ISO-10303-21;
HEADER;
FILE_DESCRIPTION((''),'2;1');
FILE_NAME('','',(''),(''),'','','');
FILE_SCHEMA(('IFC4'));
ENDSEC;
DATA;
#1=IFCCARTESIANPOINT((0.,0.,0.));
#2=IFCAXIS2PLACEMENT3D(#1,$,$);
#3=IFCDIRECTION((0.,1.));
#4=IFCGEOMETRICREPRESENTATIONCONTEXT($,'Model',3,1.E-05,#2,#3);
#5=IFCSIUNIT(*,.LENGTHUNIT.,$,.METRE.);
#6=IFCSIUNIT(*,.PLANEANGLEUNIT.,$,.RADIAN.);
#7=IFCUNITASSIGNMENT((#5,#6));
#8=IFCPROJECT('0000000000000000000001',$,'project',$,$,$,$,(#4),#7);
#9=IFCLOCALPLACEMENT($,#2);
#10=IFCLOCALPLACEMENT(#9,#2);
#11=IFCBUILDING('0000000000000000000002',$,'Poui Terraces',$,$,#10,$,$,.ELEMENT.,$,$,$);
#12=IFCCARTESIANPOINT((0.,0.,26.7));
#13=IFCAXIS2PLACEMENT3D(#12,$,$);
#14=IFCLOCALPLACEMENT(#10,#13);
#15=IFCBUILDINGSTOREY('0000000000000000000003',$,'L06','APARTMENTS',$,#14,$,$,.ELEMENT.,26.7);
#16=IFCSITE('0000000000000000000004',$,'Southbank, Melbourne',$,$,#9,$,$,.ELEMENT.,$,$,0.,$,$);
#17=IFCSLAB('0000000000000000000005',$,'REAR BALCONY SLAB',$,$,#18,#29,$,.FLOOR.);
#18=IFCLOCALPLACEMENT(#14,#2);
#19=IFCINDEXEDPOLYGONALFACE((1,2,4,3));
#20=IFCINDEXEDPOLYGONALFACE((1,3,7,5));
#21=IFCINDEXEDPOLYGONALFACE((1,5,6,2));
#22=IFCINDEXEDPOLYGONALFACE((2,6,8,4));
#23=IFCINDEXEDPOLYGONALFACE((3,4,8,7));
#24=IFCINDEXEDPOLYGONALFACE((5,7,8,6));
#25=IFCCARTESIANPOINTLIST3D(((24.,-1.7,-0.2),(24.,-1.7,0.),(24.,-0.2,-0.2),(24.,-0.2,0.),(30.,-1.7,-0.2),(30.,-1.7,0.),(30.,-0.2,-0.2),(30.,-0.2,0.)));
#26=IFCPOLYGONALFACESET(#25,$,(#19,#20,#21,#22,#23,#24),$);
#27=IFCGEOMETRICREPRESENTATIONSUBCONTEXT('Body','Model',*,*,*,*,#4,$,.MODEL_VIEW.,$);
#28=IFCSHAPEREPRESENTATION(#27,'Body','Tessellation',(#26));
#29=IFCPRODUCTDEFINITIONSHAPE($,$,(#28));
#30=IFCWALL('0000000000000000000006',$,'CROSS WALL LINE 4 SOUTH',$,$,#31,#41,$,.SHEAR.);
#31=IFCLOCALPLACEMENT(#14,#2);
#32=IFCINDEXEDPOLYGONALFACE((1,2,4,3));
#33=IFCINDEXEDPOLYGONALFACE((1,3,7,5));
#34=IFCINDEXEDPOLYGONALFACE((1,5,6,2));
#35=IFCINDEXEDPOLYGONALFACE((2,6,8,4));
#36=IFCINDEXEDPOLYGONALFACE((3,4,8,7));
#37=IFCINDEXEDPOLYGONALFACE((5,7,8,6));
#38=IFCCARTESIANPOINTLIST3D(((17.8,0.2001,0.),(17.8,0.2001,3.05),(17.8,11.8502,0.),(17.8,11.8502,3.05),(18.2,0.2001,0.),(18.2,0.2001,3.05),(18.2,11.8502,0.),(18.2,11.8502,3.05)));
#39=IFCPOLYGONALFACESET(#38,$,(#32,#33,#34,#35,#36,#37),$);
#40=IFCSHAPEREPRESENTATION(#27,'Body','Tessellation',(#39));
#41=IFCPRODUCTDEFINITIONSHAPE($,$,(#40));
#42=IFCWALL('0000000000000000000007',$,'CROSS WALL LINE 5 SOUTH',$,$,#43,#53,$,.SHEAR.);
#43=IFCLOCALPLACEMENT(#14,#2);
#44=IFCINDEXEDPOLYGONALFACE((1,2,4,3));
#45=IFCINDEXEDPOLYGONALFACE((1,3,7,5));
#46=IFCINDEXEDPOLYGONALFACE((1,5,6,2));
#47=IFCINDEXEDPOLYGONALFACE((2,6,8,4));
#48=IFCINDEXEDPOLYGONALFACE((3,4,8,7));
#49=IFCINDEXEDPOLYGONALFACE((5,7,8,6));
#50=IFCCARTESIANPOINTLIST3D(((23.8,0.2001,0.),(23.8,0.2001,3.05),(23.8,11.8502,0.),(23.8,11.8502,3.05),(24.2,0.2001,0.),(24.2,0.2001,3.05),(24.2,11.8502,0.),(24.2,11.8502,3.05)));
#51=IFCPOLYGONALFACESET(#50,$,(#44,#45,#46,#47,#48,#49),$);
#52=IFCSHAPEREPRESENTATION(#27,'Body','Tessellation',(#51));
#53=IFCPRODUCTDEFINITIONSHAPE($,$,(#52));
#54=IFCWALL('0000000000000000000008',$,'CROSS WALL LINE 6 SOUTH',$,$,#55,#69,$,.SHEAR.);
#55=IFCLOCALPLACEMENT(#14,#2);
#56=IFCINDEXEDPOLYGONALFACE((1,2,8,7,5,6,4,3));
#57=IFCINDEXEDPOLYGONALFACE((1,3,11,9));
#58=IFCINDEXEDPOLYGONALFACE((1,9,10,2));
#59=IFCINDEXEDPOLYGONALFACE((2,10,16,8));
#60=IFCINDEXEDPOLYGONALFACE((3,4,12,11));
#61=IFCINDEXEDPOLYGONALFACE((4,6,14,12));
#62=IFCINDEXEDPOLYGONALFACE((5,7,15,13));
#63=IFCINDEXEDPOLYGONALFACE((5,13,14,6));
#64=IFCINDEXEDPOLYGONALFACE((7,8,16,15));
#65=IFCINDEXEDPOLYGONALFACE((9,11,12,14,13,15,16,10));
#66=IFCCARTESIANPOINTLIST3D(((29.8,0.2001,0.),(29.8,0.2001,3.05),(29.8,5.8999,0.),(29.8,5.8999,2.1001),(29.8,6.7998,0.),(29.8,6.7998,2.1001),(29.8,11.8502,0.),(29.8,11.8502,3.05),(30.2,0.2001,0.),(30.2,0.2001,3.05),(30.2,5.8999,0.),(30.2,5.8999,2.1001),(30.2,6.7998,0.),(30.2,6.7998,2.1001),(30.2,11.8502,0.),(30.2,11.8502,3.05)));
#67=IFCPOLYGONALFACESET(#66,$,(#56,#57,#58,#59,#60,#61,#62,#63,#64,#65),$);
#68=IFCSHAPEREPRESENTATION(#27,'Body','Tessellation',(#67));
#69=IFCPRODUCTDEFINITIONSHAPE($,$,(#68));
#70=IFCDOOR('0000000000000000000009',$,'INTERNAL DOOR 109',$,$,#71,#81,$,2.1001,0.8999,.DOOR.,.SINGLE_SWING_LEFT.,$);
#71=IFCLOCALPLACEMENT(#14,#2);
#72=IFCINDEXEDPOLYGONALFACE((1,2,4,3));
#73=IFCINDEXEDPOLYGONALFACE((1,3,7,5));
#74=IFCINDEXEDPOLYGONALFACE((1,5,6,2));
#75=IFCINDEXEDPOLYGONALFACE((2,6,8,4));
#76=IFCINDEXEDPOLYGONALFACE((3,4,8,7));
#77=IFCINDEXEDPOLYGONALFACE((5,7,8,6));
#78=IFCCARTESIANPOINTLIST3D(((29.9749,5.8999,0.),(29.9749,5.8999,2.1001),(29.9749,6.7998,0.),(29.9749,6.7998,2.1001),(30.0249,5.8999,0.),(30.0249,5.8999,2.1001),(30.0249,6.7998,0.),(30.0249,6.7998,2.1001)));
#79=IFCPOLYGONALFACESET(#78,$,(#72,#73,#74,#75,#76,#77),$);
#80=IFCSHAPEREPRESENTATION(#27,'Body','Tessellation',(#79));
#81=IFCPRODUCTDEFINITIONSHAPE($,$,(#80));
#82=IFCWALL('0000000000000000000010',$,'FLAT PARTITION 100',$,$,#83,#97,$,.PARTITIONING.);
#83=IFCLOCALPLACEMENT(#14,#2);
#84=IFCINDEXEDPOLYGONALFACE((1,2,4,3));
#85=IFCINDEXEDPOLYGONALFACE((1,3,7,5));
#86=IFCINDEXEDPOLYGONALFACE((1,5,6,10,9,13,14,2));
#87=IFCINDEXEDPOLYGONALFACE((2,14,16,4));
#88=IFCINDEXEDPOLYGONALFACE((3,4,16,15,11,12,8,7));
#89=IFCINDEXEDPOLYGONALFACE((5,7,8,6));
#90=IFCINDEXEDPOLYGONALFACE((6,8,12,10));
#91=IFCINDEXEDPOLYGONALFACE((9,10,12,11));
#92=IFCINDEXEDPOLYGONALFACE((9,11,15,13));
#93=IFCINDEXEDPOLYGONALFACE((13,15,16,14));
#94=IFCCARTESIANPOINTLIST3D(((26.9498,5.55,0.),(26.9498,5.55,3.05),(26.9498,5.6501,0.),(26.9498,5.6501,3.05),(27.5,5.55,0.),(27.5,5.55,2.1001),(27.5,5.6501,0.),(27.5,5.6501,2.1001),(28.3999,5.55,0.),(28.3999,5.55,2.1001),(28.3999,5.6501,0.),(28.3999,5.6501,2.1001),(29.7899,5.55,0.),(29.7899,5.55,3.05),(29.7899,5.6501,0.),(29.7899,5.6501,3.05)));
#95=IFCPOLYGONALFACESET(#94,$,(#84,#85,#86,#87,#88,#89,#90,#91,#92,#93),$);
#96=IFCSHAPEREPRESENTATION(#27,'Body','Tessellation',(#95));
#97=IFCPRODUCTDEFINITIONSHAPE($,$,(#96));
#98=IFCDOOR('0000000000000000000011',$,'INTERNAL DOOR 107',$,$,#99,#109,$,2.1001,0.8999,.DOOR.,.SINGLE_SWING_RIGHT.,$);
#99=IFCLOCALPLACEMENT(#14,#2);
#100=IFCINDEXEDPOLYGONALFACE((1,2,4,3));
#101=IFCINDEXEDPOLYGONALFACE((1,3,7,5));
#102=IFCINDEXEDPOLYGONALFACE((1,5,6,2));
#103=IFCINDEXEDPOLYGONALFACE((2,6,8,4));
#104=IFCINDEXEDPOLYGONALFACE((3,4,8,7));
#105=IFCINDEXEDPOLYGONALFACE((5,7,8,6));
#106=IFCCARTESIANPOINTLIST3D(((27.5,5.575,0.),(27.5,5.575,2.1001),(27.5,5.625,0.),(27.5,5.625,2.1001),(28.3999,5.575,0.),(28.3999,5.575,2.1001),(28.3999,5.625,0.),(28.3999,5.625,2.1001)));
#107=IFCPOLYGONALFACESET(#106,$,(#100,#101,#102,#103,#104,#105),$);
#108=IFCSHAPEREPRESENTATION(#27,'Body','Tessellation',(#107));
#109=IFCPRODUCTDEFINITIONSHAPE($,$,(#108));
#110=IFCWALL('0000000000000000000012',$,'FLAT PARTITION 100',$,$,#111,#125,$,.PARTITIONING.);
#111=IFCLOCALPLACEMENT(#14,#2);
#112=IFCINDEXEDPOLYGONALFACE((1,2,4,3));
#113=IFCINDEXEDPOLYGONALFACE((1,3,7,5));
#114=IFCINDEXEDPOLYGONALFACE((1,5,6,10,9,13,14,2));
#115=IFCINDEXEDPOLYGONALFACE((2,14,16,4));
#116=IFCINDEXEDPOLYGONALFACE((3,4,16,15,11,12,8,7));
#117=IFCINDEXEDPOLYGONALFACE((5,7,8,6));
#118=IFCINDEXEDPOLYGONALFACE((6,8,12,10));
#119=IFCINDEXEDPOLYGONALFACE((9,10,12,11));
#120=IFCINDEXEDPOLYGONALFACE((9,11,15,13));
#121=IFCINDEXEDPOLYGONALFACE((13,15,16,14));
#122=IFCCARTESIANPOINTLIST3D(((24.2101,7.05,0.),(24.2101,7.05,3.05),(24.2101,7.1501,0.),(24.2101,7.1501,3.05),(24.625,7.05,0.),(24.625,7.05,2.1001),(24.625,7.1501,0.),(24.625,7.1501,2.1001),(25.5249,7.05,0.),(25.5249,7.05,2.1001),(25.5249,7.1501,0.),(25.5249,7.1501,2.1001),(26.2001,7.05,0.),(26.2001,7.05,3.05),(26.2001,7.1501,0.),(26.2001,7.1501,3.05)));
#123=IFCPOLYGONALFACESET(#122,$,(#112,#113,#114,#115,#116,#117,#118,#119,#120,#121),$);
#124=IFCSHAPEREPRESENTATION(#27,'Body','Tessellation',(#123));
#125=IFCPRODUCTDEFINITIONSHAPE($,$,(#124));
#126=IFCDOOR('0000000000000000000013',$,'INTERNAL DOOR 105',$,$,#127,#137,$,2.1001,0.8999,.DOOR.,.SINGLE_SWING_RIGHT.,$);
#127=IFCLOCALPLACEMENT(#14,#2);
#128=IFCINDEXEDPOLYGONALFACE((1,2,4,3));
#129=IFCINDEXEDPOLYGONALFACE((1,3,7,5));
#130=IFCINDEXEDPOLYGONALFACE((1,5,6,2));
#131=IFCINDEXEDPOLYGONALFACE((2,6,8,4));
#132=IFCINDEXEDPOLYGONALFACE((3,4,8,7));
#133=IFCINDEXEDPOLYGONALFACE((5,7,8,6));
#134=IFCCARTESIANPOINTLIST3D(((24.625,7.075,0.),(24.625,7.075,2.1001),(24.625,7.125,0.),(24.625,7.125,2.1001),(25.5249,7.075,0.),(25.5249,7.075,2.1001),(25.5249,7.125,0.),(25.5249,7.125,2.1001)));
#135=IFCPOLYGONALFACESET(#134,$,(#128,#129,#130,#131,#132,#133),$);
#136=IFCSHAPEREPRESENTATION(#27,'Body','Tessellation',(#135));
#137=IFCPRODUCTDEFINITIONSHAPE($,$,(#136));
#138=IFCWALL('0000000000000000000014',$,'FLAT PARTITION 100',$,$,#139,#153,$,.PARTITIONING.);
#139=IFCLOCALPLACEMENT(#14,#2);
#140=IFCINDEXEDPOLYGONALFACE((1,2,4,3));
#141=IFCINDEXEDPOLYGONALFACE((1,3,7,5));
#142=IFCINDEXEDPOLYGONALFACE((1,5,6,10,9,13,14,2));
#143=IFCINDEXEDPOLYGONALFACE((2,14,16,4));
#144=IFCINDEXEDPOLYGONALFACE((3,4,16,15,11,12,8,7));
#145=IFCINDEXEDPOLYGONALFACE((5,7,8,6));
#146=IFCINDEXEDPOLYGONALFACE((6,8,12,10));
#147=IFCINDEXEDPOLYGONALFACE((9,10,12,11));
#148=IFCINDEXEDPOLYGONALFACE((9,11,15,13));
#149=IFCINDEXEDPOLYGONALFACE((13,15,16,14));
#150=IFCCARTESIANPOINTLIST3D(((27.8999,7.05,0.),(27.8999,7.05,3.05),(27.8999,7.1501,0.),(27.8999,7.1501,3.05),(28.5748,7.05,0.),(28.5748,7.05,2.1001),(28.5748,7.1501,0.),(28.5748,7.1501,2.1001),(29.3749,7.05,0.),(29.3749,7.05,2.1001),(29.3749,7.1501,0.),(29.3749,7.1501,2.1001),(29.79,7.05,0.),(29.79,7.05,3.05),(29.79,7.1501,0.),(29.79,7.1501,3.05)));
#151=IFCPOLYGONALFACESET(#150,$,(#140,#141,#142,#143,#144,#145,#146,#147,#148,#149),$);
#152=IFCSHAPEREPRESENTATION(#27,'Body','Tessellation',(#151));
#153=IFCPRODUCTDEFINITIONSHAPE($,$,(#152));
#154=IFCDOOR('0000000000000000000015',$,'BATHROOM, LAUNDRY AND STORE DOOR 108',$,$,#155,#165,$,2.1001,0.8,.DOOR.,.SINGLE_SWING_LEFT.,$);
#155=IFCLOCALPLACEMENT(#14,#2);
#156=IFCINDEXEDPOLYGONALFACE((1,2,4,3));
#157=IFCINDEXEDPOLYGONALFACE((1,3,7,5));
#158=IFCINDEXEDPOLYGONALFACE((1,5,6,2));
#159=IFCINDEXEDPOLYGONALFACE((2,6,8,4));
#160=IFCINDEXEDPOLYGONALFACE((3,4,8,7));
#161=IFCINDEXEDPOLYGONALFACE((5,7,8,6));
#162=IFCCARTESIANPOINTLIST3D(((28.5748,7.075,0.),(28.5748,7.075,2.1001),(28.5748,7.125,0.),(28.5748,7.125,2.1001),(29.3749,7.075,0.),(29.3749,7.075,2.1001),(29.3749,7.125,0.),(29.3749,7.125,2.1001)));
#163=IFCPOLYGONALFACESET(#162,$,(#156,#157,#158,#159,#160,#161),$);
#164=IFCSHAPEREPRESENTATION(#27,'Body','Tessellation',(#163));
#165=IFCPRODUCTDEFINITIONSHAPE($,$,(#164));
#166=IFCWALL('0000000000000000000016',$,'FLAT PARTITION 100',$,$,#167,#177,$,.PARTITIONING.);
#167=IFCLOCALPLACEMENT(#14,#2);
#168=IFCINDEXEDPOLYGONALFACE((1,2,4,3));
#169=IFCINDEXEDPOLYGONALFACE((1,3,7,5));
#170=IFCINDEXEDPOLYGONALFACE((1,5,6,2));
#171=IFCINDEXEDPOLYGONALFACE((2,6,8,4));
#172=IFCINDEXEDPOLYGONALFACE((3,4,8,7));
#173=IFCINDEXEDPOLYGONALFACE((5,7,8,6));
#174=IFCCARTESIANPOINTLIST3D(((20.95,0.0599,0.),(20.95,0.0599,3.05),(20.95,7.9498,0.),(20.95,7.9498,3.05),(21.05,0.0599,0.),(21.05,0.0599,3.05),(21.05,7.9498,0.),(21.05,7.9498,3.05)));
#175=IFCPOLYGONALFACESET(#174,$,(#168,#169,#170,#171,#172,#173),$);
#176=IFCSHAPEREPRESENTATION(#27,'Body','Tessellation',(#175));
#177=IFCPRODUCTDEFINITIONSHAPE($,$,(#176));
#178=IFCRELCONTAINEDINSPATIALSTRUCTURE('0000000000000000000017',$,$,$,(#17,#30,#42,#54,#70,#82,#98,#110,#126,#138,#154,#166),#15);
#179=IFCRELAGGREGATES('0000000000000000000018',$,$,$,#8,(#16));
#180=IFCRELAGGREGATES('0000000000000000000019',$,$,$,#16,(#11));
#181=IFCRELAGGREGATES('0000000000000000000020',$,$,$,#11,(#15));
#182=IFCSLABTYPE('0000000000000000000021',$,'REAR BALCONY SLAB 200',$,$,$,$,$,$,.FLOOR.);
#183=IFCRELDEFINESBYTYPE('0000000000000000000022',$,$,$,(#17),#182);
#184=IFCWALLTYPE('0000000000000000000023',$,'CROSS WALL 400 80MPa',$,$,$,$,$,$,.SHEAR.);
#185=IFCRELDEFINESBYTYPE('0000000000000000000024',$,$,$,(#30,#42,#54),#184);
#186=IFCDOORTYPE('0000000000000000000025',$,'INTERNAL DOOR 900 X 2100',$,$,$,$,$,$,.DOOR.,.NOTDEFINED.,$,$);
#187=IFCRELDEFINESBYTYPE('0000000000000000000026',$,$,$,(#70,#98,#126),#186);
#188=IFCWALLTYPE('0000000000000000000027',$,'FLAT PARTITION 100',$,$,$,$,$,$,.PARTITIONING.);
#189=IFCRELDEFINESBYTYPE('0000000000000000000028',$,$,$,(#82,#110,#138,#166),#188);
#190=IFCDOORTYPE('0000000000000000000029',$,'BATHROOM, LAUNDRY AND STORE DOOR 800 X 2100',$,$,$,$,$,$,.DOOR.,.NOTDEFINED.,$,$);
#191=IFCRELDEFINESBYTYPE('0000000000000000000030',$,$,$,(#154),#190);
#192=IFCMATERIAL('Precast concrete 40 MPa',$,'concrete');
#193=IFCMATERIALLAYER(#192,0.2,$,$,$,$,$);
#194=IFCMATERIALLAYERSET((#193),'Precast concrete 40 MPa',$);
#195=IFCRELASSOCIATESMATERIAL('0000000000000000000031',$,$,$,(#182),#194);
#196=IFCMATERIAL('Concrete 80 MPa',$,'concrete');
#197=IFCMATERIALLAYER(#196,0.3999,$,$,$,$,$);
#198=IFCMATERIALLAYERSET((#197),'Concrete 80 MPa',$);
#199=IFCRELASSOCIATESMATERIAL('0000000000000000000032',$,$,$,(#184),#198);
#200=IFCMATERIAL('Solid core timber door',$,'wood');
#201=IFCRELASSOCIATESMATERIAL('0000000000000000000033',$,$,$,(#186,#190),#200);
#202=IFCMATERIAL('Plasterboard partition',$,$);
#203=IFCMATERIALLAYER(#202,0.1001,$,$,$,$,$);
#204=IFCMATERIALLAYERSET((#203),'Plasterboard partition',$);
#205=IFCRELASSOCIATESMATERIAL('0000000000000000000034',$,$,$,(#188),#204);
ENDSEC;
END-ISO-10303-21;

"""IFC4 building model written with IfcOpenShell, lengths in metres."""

from ifc_helpers import new_model, si_unit, direction, frame, frame_2d, origin, place, context, subcontext, project, spatial, polyline, rectangle, outline, extrude, source, transform, mapped, material, layer, layer_set, type_object, element, fill, save


model = new_model("IFC4")

# Units and contexts
model_context = context("Model", 3, precision=1e-05, world=origin(), true_north=direction((0.0, 1.0)))
body_context = subcontext(model_context, "Body", "Model", "MODEL_VIEW")
ifc_project = project(units=[si_unit("LENGTHUNIT", "METRE"), si_unit("PLANEANGLEUNIT", "RADIAN")], contexts=[model_context])

# Site, building, storey
site_placement = place(None, origin())
site = spatial("IfcSite", under=ifc_project, at=site_placement, Name="Southbank, Melbourne", CompositionType="ELEMENT", RefElevation=0.0)
building_placement = place(site_placement, origin())
building = spatial("IfcBuilding", under=site, at=building_placement, Name="Poui Terraces", CompositionType="ELEMENT")
storey_placement = place(building_placement, frame((0.0, 0.0, 26.7)))
storey = spatial("IfcBuildingStorey", under=building, at=storey_placement, Name="L06", Description="APARTMENTS", CompositionType="ELEMENT", Elevation=26.7)

# Slab
ifc_material_1 = material(Name="Precast concrete 40 MPa", Category="concrete")
ifc_layer_1 = layer(ifc_material_1, 0.2)
ifc_layer_set_1 = layer_set([ifc_layer_1], Name="Precast concrete 40 MPa")
slab_type = type_object("IfcSlabType", Name="REAR BALCONY SLAB 200", PredefinedType="FLOOR", material=ifc_layer_set_1)
shared_shape_1 = source(origin(), body_context, "Body", "SweptSolid", [
    extrude(outline(polyline([(0.0, 0.0), (6.0, 0.0), (6.0, 1.5), (0.0, 1.5), (0.0, 0.0)])), origin(), (0.0, 0.0, 1.0), 0.2),
])
slab_placement = place(storey_placement, frame((24.0, -1.7, -0.2)))
element("IfcSlab", 1, at=slab_placement, inside=storey, type_object=slab_type, Name="REAR BALCONY SLAB", PredefinedType="FLOOR", context=body_context, shape_type="MappedRepresentation", body=[
    mapped(shared_shape_1, transform((0.0, 0.0, 0.0))),
])

# Walls
ifc_material_2 = material(Name="Concrete 80 MPa", Category="concrete")
ifc_layer_2 = layer(ifc_material_2, 0.3999)
ifc_layer_set_2 = layer_set([ifc_layer_2], Name="Concrete 80 MPa")
wall_type_1 = type_object("IfcWallType", Name="CROSS WALL 400 80MPa", PredefinedType="SHEAR", material=ifc_layer_set_2)
for number, where, z_axis, x_axis, name in (
    (2, (18.0, 0.2, 0.0), (0.0, 0.0, 1.0), (0.0, 1.0, 0.0), "CROSS WALL LINE 4 SOUTH"),
    (3, (24.0, 0.2, 0.0), (0.0, 0.0, 1.0), (0.0, 1.0, 0.0), "CROSS WALL LINE 5 SOUTH"),
):
    element("IfcWall", number, at=place(storey_placement, frame(where, z_axis=z_axis, x_axis=x_axis)), inside=storey, type_object=wall_type_1, Name=name, PredefinedType="SHEAR", context=body_context, shape_type="SweptSolid", body=[
        extrude(rectangle(XDim=11.6501, YDim=0.3999, at=frame_2d((5.8252, 0.0))), origin(), (0.0, 0.0, 1.0), 3.05),
    ])

# Walls, openings, doors
wall_1_placement = place(storey_placement, frame((30.0, 0.2, 0.0), z_axis=(0.0, 0.0, 1.0), x_axis=(0.0, 1.0, 0.0)))
wall_1 = element("IfcWall", 4, at=wall_1_placement, inside=storey, type_object=wall_type_1, Name="CROSS WALL LINE 6 SOUTH", PredefinedType="SHEAR", context=body_context, shape_type="SweptSolid", body=[
    extrude(rectangle(XDim=11.6501, YDim=0.3999, at=frame_2d((5.8252, 0.0))), origin(), (0.0, 0.0, 1.0), 3.05),
])
opening_1_placement = place(wall_1_placement, frame((5.7, 0.0, 0.0)))
opening_1 = element("IfcOpeningElement", 5, at=opening_1_placement, cuts=wall_1, PredefinedType="OPENING", context=body_context, shape_type="SweptSolid", body=[
    extrude(rectangle(XDim=0.8999, YDim=2.1001, at=frame_2d((0.45, 1.05))), frame((0.0, 0.21, 0.0), z_axis=(0.0, -1.0, 0.0), x_axis=(1.0, 0.0, 0.0)), (0.0, 0.0, 1.0), 0.4199),
])
ifc_material_3 = material(Name="Solid core timber door", Category="wood")
door_type_1 = type_object("IfcDoorType", Name="INTERNAL DOOR 900 X 2100", OperationType="NOTDEFINED", PredefinedType="DOOR", material=ifc_material_3)
door_1_placement = place(opening_1_placement, frame((0.8999, 0.0, 0.0), z_axis=(0.0, 0.0, 1.0), x_axis=(-1.0, 0.0, 0.0)))
door_1 = element("IfcDoor", 6, at=door_1_placement, inside=storey, type_object=door_type_1, Name="INTERNAL DOOR 109", OperationType="SINGLE_SWING_LEFT", OverallHeight=2.1001, OverallWidth=0.8999, PredefinedType="DOOR", context=body_context, shape_type="SweptSolid", body=[
    extrude(rectangle(XDim=0.8999, YDim=2.1001, at=frame_2d((0.45, 1.05))), frame((0.0, 0.0249, 0.0), z_axis=(0.0, -1.0, 0.0), x_axis=(1.0, 0.0, 0.0)), (0.0, 0.0, 1.0), 0.05),
])
fill(opening_1, door_1)
ifc_material_4 = material(Name="Plasterboard partition")
ifc_layer_3 = layer(ifc_material_4, 0.1001)
ifc_layer_set_3 = layer_set([ifc_layer_3], Name="Plasterboard partition")
wall_type_2 = type_object("IfcWallType", Name="FLAT PARTITION 100", PredefinedType="PARTITIONING", material=ifc_layer_set_3)
wall_2_placement = place(storey_placement, frame((26.95, 5.6001, 0.0), z_axis=(0.0, 0.0, 1.0), x_axis=(1.0, 0.0, 0.0)))
wall_2 = element("IfcWall", 7, at=wall_2_placement, inside=storey, type_object=wall_type_2, Name="FLAT PARTITION 100", PredefinedType="PARTITIONING", context=body_context, shape_type="SweptSolid", body=[
    extrude(rectangle(XDim=2.8401, YDim=0.1001, at=frame_2d((1.4199, 0.0))), origin(), (0.0, 0.0, 1.0), 3.05),
])
opening_2_placement = place(wall_2_placement, frame((0.55, 0.0, 0.0)))
opening_2 = element("IfcOpeningElement", 8, at=opening_2_placement, cuts=wall_2, PredefinedType="OPENING", context=body_context, shape_type="SweptSolid", body=[
    extrude(rectangle(XDim=0.8999, YDim=2.1001, at=frame_2d((0.45, 1.05))), frame((0.0, 0.0601, 0.0), z_axis=(0.0, -1.0, 0.0), x_axis=(1.0, 0.0, 0.0)), (0.0, 0.0, 1.0), 0.1201),
])
door_2_placement = place(opening_2_placement, origin())
door_2 = element("IfcDoor", 9, at=door_2_placement, inside=storey, type_object=door_type_1, Name="INTERNAL DOOR 107", OperationType="SINGLE_SWING_RIGHT", OverallHeight=2.1001, OverallWidth=0.8999, PredefinedType="DOOR", context=body_context, shape_type="SweptSolid", body=[
    extrude(rectangle(XDim=0.8999, YDim=2.1001, at=frame_2d((0.45, 1.05))), frame((0.0, 0.0249, 0.0), z_axis=(0.0, -1.0, 0.0), x_axis=(1.0, 0.0, 0.0)), (0.0, 0.0, 1.0), 0.05),
])
fill(opening_2, door_2)
wall_3_placement = place(storey_placement, frame((24.21, 7.1001, 0.0), z_axis=(0.0, 0.0, 1.0), x_axis=(1.0, 0.0, 0.0)))
wall_3 = element("IfcWall", 10, at=wall_3_placement, inside=storey, type_object=wall_type_2, Name="FLAT PARTITION 100", PredefinedType="PARTITIONING", context=body_context, shape_type="SweptSolid", body=[
    extrude(rectangle(XDim=1.99, YDim=0.1001, at=frame_2d((0.9951, 0.0))), origin(), (0.0, 0.0, 1.0), 3.05),
])
opening_3_placement = place(wall_3_placement, frame((0.415, 0.0, 0.0)))
opening_3 = element("IfcOpeningElement", 11, at=opening_3_placement, cuts=wall_3, PredefinedType="OPENING", context=body_context, shape_type="SweptSolid", body=[
    extrude(rectangle(XDim=0.8999, YDim=2.1001, at=frame_2d((0.45, 1.05))), frame((0.0, 0.0601, 0.0), z_axis=(0.0, -1.0, 0.0), x_axis=(1.0, 0.0, 0.0)), (0.0, 0.0, 1.0), 0.1201),
])
door_3_placement = place(opening_3_placement, origin())
door_3 = element("IfcDoor", 12, at=door_3_placement, inside=storey, type_object=door_type_1, Name="INTERNAL DOOR 105", OperationType="SINGLE_SWING_RIGHT", OverallHeight=2.1001, OverallWidth=0.8999, PredefinedType="DOOR", context=body_context, shape_type="SweptSolid", body=[
    extrude(rectangle(XDim=0.8999, YDim=2.1001, at=frame_2d((0.45, 1.05))), frame((0.0, 0.0249, 0.0), z_axis=(0.0, -1.0, 0.0), x_axis=(1.0, 0.0, 0.0)), (0.0, 0.0, 1.0), 0.05),
])
fill(opening_3, door_3)
wall_4_placement = place(storey_placement, frame((27.8999, 7.1001, 0.0), z_axis=(0.0, 0.0, 1.0), x_axis=(1.0, 0.0, 0.0)))
wall_4 = element("IfcWall", 13, at=wall_4_placement, inside=storey, type_object=wall_type_2, Name="FLAT PARTITION 100", PredefinedType="PARTITIONING", context=body_context, shape_type="SweptSolid", body=[
    extrude(rectangle(XDim=1.8901, YDim=0.1001, at=frame_2d((0.9451, 0.0))), origin(), (0.0, 0.0, 1.0), 3.05),
])
opening_4_placement = place(wall_4_placement, frame((0.675, 0.0, 0.0)))
opening_4 = element("IfcOpeningElement", 14, at=opening_4_placement, cuts=wall_4, PredefinedType="OPENING", context=body_context, shape_type="SweptSolid", body=[
    extrude(rectangle(XDim=0.8, YDim=2.1001, at=frame_2d((0.3999, 1.05))), frame((0.0, 0.0601, 0.0), z_axis=(0.0, -1.0, 0.0), x_axis=(1.0, 0.0, 0.0)), (0.0, 0.0, 1.0), 0.1201),
])
door_type_2 = type_object("IfcDoorType", Name="BATHROOM, LAUNDRY AND STORE DOOR 800 X 2100", OperationType="NOTDEFINED", PredefinedType="DOOR", material=ifc_material_3)
door_4_placement = place(opening_4_placement, origin())
door_4 = element("IfcDoor", 15, at=door_4_placement, inside=storey, type_object=door_type_2, Name="BATHROOM, LAUNDRY AND STORE DOOR 108", OperationType="SINGLE_SWING_LEFT", OverallHeight=2.1001, OverallWidth=0.8, PredefinedType="DOOR", context=body_context, shape_type="SweptSolid", body=[
    extrude(rectangle(XDim=0.8, YDim=2.1001, at=frame_2d((0.3999, 1.05))), frame((0.0, 0.0249, 0.0), z_axis=(0.0, -1.0, 0.0), x_axis=(1.0, 0.0, 0.0)), (0.0, 0.0, 1.0), 0.05),
])
fill(opening_4, door_4)

# Wall
wall_5_placement = place(storey_placement, frame((21.0, 0.0601, 0.0), z_axis=(0.0, 0.0, 1.0), x_axis=(0.0, 1.0, 0.0)))
element("IfcWall", 16, at=wall_5_placement, inside=storey, type_object=wall_type_2, Name="FLAT PARTITION 100", PredefinedType="PARTITIONING", context=body_context, shape_type="SweptSolid", body=[
    extrude(rectangle(XDim=7.8899, YDim=0.1001, at=frame_2d((3.9448, 0.0))), origin(), (0.0, 0.0, 1.0), 3.05),
])

save(model, "model.ifc")
